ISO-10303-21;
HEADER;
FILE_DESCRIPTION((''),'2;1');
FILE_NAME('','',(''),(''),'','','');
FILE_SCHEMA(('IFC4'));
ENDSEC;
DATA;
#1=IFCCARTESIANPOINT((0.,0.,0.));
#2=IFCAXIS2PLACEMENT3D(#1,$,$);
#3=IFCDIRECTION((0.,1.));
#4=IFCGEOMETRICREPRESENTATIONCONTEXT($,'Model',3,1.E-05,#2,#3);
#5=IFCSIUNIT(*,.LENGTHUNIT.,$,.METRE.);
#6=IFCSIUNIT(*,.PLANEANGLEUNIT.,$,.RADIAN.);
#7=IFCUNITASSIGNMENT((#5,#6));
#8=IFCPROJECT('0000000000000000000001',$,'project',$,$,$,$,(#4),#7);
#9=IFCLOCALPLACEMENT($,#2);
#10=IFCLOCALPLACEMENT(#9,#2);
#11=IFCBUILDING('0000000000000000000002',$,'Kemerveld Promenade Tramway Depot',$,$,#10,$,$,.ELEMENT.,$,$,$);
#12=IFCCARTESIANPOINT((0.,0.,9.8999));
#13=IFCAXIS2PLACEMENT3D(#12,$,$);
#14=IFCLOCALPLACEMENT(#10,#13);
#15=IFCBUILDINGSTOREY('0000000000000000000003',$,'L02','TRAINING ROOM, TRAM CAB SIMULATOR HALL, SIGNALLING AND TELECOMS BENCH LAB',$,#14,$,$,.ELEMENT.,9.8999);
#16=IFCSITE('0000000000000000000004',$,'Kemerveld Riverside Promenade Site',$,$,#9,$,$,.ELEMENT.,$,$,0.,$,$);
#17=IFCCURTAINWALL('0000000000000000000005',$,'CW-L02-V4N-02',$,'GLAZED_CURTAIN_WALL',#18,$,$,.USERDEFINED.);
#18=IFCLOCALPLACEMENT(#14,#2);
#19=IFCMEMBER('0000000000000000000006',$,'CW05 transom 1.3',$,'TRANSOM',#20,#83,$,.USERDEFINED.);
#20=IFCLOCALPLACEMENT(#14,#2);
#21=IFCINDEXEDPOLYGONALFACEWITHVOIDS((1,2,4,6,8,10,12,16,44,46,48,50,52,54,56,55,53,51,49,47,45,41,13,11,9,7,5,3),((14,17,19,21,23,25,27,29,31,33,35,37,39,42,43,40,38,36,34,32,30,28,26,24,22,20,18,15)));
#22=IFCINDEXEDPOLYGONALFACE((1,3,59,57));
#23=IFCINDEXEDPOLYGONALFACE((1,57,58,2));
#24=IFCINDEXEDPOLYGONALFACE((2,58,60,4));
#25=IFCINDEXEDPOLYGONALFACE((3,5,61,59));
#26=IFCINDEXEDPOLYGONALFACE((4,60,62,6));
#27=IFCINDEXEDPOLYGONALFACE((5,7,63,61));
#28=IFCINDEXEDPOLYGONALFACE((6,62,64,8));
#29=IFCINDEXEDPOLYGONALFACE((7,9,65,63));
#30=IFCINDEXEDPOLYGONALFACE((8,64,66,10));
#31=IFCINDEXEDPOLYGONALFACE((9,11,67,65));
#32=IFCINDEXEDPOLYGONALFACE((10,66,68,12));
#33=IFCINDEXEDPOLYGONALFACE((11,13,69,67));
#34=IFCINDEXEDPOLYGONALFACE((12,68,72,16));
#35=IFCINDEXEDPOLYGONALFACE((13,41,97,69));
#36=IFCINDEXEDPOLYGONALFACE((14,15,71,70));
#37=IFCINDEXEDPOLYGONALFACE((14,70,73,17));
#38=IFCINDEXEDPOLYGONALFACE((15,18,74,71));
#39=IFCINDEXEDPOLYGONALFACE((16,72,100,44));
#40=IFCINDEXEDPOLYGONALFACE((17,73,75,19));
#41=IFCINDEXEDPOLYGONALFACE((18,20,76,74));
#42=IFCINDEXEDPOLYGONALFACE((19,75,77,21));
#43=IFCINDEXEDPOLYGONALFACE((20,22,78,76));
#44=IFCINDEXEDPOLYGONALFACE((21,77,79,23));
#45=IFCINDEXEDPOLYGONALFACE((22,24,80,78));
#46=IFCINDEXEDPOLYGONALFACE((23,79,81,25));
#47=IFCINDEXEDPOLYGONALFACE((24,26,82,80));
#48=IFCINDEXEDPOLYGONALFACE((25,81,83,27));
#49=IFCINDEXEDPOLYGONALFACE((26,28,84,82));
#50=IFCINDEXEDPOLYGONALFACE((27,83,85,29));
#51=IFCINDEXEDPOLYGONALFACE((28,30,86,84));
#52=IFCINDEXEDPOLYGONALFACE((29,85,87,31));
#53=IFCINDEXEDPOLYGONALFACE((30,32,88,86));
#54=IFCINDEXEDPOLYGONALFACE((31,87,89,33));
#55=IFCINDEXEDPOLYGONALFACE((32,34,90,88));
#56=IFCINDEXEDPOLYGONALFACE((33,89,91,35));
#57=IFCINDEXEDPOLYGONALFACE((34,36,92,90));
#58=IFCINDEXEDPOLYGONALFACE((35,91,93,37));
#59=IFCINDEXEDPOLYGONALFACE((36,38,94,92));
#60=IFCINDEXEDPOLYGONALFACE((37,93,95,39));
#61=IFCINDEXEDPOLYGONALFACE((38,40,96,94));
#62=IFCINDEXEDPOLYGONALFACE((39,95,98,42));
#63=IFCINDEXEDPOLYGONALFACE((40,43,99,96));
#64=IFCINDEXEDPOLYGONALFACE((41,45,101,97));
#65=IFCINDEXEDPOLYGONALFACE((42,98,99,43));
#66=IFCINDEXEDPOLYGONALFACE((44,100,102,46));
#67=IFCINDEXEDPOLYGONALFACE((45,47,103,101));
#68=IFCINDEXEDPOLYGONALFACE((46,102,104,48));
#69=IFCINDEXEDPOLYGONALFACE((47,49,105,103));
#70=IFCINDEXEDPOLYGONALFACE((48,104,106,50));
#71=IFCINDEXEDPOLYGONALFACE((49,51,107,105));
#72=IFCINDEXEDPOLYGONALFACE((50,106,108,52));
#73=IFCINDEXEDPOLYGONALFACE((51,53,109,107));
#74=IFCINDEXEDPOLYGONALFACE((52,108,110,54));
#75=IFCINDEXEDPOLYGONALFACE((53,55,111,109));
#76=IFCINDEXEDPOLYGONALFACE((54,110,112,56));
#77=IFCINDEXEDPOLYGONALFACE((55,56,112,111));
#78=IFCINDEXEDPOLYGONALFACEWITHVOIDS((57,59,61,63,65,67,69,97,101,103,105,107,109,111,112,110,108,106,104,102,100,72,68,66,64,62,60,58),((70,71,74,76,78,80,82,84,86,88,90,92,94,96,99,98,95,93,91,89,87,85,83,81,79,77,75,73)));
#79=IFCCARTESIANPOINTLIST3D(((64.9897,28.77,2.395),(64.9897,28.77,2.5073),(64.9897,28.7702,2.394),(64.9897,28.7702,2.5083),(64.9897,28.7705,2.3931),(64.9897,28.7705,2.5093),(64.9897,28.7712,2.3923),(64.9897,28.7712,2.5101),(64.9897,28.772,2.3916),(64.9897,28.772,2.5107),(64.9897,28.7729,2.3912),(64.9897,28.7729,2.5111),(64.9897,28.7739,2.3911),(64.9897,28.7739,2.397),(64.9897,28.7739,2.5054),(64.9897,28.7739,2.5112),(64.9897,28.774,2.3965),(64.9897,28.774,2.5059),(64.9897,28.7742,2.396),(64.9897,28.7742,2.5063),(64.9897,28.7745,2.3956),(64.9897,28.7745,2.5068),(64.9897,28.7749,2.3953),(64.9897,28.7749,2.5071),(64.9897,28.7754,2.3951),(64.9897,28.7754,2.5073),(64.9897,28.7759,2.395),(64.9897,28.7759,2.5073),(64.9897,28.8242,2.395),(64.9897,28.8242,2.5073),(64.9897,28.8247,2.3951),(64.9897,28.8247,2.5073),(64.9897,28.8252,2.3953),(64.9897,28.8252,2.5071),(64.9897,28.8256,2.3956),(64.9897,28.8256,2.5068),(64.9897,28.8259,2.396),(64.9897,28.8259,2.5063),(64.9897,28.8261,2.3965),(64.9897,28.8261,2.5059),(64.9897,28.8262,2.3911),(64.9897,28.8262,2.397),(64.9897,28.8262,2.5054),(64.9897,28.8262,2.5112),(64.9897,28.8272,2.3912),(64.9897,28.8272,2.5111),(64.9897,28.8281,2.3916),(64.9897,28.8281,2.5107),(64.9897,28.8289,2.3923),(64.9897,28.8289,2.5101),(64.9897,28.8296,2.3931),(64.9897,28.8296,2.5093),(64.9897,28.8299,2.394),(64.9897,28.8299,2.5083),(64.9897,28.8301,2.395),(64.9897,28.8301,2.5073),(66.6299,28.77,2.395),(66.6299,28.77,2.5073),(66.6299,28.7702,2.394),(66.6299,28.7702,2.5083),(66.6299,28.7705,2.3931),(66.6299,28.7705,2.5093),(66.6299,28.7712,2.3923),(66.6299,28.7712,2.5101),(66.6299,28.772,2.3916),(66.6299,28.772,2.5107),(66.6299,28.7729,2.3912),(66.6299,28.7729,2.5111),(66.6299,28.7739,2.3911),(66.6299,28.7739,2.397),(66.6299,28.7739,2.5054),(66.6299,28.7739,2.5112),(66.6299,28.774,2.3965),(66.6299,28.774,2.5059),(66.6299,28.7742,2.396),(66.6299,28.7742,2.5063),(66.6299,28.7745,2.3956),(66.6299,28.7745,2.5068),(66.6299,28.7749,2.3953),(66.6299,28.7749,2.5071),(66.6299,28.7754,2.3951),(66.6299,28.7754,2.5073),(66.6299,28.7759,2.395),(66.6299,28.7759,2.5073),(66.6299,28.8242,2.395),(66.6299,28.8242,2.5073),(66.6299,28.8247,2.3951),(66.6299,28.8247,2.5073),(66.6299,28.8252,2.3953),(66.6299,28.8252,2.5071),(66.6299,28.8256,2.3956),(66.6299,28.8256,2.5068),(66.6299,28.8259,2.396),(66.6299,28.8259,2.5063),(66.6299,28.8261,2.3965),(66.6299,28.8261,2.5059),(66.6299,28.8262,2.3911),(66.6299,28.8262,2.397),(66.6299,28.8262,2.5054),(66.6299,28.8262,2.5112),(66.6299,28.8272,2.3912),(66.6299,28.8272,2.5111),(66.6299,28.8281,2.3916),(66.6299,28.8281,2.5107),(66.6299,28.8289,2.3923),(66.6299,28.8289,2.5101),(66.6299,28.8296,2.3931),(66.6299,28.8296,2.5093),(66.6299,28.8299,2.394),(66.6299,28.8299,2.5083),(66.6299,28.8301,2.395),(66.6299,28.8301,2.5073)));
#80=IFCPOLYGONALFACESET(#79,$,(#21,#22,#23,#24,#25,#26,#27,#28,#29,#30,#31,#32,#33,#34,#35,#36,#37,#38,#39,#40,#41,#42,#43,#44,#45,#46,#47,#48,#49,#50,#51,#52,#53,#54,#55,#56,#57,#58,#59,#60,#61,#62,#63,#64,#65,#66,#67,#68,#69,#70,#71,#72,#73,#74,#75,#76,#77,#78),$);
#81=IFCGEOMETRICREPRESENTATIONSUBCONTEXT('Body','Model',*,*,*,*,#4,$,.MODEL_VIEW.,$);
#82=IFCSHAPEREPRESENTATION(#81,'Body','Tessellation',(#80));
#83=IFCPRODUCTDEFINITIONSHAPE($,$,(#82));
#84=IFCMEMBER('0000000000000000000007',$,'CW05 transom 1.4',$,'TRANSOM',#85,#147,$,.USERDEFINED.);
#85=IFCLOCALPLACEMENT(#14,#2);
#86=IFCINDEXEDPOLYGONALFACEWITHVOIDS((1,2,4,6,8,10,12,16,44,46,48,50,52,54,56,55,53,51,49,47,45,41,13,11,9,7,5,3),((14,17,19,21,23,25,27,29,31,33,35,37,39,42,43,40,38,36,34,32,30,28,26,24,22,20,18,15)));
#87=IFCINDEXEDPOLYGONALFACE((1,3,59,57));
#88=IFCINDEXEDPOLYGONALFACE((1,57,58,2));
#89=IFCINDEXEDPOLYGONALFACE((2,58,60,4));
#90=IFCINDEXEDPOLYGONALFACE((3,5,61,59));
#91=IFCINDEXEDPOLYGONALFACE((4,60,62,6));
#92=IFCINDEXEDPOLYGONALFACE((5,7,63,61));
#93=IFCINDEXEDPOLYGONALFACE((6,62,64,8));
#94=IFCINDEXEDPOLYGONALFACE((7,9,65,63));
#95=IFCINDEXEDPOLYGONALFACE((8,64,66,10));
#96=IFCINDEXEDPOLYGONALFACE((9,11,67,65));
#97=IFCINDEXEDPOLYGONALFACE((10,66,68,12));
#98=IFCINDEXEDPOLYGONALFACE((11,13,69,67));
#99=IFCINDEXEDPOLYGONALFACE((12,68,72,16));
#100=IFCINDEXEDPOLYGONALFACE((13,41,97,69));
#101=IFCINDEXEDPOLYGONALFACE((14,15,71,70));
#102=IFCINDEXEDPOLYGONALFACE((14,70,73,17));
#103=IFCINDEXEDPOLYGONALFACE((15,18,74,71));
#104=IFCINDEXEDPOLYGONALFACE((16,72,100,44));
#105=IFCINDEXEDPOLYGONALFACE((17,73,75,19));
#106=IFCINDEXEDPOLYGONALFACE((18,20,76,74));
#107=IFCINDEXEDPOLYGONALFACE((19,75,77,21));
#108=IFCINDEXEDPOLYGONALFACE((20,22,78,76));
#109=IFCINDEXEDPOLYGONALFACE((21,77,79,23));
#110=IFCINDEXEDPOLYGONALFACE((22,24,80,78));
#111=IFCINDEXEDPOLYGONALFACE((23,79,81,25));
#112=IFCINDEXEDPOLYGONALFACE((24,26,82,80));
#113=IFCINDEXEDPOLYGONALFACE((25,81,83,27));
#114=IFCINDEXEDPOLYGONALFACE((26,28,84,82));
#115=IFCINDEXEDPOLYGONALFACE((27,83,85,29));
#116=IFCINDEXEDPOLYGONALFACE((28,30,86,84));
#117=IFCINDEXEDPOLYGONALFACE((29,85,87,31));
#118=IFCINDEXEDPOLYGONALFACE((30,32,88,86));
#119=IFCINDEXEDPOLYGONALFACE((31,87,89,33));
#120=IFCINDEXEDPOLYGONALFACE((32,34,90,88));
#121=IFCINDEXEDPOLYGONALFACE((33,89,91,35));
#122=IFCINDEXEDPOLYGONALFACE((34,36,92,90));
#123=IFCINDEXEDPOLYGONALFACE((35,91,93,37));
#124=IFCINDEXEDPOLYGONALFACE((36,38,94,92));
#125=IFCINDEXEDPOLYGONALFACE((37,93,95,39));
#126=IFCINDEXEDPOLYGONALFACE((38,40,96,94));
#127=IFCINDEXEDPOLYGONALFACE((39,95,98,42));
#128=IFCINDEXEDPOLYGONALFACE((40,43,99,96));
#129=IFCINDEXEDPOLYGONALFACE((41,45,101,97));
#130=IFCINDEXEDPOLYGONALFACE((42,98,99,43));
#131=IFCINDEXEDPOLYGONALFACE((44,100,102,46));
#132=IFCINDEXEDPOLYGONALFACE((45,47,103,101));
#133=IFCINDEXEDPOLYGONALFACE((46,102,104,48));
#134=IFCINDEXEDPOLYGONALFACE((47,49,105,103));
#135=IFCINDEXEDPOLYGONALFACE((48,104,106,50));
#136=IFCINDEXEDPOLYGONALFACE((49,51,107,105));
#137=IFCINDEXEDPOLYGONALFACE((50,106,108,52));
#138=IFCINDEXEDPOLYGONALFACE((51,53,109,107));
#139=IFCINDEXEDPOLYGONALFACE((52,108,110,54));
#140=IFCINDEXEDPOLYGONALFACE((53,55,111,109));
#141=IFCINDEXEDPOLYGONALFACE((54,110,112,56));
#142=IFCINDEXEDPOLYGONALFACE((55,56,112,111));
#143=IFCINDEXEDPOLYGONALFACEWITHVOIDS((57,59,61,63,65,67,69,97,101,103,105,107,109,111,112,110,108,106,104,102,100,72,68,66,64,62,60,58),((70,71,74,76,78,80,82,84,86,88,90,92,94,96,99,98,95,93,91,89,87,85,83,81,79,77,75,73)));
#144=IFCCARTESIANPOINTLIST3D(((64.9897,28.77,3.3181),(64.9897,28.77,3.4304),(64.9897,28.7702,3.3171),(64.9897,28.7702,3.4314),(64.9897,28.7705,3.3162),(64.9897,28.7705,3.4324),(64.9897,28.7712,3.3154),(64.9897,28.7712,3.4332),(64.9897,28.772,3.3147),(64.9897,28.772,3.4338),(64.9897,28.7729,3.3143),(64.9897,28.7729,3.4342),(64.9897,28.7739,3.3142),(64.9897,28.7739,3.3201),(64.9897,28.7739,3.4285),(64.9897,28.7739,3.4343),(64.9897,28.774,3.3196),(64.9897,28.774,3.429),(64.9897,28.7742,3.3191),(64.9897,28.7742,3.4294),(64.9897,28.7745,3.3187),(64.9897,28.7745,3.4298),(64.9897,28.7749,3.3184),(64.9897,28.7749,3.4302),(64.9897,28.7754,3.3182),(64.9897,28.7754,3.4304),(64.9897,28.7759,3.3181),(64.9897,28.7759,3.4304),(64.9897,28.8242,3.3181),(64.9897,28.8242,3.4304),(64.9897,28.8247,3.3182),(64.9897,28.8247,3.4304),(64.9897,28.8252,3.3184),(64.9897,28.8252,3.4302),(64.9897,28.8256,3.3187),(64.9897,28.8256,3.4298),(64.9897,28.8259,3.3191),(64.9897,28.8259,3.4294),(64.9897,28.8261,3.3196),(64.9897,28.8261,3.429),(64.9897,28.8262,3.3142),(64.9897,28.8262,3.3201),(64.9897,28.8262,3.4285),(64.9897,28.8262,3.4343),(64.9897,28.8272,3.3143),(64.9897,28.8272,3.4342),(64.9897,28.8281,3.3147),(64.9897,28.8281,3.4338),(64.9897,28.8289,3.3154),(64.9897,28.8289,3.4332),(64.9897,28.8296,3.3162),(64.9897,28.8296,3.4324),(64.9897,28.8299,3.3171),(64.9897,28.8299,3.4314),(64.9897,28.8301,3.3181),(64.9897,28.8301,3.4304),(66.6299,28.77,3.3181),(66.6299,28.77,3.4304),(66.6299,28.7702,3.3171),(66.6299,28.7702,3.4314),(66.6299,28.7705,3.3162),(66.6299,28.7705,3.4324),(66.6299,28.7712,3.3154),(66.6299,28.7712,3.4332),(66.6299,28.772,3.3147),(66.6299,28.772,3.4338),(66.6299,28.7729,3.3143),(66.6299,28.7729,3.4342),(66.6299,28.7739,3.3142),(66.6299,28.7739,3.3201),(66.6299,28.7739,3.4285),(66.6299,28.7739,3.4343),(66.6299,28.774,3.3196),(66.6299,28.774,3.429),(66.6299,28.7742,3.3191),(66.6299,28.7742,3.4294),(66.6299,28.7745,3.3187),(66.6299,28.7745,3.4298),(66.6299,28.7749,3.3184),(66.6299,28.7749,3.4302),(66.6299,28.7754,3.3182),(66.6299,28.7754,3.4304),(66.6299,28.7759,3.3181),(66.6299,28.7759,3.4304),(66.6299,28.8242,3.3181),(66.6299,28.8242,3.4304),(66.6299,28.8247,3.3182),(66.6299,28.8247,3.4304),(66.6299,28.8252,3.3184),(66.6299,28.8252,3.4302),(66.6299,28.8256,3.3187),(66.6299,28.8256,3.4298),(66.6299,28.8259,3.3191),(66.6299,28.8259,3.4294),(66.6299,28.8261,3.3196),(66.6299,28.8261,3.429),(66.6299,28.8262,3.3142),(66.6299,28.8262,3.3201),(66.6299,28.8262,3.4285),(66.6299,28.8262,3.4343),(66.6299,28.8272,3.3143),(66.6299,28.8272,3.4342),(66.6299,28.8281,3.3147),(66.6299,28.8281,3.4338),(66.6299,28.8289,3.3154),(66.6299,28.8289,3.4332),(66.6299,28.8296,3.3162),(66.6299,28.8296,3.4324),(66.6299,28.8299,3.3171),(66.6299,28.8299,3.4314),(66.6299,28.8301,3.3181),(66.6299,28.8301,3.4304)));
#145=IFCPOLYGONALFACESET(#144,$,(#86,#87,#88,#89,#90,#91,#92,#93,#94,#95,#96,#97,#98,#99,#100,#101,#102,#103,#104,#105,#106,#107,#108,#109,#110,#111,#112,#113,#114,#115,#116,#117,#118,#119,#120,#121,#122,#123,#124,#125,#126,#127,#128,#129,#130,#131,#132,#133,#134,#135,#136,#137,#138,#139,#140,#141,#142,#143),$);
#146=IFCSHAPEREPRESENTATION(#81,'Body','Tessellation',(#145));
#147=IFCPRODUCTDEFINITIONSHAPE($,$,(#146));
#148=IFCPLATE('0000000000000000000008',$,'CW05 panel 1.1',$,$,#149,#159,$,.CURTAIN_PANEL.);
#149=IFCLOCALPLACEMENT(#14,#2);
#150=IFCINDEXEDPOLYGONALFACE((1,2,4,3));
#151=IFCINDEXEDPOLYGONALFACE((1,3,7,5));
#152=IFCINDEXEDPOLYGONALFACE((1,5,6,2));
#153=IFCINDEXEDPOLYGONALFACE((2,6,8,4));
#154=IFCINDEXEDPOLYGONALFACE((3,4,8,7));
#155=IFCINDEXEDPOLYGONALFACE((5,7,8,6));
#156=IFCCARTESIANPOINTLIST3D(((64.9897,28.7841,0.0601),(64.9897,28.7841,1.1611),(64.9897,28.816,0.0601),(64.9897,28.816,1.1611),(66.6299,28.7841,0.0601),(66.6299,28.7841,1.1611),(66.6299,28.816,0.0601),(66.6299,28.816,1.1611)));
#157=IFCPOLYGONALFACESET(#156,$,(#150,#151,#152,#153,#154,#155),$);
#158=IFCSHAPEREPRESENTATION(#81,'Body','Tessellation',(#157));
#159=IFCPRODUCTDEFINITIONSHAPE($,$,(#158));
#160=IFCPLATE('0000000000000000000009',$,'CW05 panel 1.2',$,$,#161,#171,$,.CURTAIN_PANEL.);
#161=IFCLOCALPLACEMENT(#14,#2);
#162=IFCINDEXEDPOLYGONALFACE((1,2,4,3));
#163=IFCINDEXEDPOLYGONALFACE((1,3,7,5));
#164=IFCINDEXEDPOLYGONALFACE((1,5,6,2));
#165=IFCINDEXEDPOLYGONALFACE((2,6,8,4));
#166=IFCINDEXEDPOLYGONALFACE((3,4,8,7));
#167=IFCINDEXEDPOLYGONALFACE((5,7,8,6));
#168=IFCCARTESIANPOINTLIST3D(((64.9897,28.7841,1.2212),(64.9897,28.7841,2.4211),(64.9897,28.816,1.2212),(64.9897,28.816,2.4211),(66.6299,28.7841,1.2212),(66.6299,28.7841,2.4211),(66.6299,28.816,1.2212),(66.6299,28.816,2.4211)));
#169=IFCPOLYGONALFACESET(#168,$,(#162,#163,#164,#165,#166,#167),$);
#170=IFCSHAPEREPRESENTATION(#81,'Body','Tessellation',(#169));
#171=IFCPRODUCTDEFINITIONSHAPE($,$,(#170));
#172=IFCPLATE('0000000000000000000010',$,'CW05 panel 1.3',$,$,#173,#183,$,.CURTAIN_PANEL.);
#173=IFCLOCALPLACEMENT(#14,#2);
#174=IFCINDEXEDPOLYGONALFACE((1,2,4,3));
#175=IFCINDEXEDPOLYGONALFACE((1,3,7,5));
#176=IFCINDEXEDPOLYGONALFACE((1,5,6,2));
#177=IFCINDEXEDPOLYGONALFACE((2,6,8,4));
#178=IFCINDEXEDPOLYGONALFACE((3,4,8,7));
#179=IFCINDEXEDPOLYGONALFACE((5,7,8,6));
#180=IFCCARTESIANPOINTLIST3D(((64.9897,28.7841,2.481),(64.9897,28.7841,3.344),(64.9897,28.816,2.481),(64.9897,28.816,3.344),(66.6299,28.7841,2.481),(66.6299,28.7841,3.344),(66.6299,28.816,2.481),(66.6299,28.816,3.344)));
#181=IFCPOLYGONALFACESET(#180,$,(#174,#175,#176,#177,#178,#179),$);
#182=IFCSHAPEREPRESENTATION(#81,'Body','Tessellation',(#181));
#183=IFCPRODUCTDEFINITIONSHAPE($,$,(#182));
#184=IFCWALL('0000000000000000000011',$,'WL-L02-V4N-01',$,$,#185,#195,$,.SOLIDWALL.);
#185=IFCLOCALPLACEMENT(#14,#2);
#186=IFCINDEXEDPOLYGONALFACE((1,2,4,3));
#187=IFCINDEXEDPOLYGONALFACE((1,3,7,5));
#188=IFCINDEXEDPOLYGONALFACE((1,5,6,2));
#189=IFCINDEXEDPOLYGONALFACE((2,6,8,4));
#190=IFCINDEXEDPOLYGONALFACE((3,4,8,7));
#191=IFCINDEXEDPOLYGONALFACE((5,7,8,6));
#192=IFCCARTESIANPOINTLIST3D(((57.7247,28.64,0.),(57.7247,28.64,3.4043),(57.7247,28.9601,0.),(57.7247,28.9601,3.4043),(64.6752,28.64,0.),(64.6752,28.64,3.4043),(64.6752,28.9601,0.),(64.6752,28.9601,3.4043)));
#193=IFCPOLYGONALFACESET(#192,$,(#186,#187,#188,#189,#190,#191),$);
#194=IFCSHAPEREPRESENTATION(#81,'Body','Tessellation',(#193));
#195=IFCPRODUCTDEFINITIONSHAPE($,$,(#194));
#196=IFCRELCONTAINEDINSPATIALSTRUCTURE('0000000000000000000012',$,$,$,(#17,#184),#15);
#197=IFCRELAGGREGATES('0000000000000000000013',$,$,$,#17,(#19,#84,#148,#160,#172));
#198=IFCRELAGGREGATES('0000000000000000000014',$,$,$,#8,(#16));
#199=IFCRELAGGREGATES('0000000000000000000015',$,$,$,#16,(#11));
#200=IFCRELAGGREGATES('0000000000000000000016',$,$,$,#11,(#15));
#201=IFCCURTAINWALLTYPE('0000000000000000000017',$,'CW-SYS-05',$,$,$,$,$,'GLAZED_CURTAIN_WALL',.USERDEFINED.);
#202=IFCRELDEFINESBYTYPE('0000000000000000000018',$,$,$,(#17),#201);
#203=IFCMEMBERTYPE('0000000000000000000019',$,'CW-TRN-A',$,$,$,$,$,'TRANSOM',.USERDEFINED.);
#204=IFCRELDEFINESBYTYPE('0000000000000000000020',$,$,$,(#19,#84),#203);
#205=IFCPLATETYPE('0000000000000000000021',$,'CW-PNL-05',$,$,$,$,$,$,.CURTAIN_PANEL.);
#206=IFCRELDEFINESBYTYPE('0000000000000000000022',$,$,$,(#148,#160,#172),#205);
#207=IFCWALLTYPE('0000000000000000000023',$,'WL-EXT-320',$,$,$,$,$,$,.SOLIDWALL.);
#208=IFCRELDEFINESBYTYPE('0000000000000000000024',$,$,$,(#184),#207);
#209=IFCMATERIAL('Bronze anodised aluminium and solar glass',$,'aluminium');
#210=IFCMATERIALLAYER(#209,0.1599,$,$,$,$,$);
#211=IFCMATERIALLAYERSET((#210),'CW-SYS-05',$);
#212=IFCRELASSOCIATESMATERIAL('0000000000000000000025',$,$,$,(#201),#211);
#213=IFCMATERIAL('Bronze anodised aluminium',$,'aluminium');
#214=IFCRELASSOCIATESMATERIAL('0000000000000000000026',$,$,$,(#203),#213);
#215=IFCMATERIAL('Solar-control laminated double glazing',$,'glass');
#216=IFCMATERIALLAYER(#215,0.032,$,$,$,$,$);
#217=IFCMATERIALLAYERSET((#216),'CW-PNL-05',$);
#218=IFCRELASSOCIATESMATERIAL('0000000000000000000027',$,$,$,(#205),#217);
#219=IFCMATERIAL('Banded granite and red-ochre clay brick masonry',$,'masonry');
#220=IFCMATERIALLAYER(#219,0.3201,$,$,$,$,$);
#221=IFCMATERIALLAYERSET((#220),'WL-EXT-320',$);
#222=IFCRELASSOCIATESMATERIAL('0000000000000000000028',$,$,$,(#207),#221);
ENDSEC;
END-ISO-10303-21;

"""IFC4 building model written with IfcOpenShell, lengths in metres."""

from ifc_helpers import new_model, si_unit, direction, frame, frame_2d, origin, origin_2d, place, context, subcontext, project, spatial, rectangle, hollow_rectangle, extrude, material, layer, layer_set, material_profile, profile_set, type_object, element, aggregate, save


model = new_model("IFC4")

# Units and contexts
model_context = context("Model", 3, precision=1e-05, world=origin(), true_north=direction((0.0, 1.0)))
body_context = subcontext(model_context, "Body", "Model", "MODEL_VIEW")
ifc_project = project(units=[si_unit("LENGTHUNIT", "METRE"), si_unit("PLANEANGLEUNIT", "RADIAN")], contexts=[model_context])

# Site, building, storey
site_placement = place(None, origin())
site = spatial("IfcSite", under=ifc_project, at=site_placement, Name="Kemerveld Riverside Promenade Site", CompositionType="ELEMENT", RefElevation=0.0)
building_placement = place(site_placement, origin())
building = spatial("IfcBuilding", under=site, at=building_placement, Name="Kemerveld Promenade Tramway Depot", CompositionType="ELEMENT")
storey_placement = place(building_placement, frame((0.0, 0.0, 9.8999)))
storey = spatial("IfcBuildingStorey", under=building, at=storey_placement, Name="L02", Description="TRAINING ROOM, TRAM CAB SIMULATOR HALL, SIGNALLING AND TELECOMS BENCH LAB", CompositionType="ELEMENT", Elevation=9.8999)

# Shared definitions
ifc_material_1 = material(Name="Bronze anodised aluminium and solar glass", Category="aluminium")
ifc_material_2 = material(Name="Bronze anodised aluminium", Category="aluminium")

# Curtain wall
ifc_layer_1 = layer(ifc_material_1, 0.1599)
ifc_layer_set_1 = layer_set([ifc_layer_1], Name="CW-SYS-05")
curtain_wall_type_1 = type_object("IfcCurtainWallType", Name="CW-SYS-05", ElementType="GLAZED_CURTAIN_WALL", PredefinedType="USERDEFINED", material=ifc_layer_set_1)
curtain_wall_1_placement = place(storey_placement, origin())
curtain_wall_1 = element("IfcCurtainWall", 1, at=curtain_wall_1_placement, inside=storey, type_object=curtain_wall_type_1, Name="CW-L02-V4N-02", ObjectType="GLAZED_CURTAIN_WALL", PredefinedType="USERDEFINED")

# Members
ifc_material_profile_1 = material_profile(ifc_material_2, hollow_rectangle(XDim=0.0601, YDim=0.1201, WallThickness=0.0039, InnerFilletRadius=0.002, OuterFilletRadius=0.0039, at=origin_2d()), Name="CW-TRN-120x60")
ifc_profile_set_1 = profile_set([ifc_material_profile_1], Name="Bronze anodised aluminium")
member_type_1 = type_object("IfcMemberType", Name="CW-TRN-A", ElementType="TRANSOM", PredefinedType="USERDEFINED", material=ifc_profile_set_1)
member_1_placement = place(storey_placement, frame((64.9897, 28.8, 2.4512), z_axis=(1.0, 0.0, 0.0), x_axis=(0.0, 1.0, 0.0)))
member_1 = element("IfcMember", 2, at=member_1_placement, type_object=member_type_1, Name="CW05 transom 1.3", ObjectType="TRANSOM", PredefinedType="USERDEFINED", context=body_context, shape_type="SweptSolid", body=[
    extrude(hollow_rectangle(XDim=0.0601, YDim=0.1201, WallThickness=0.0039, InnerFilletRadius=0.002, OuterFilletRadius=0.0039, at=origin_2d()), origin(), (0.0, 0.0, 1.0), 1.6401),
])
member_2_placement = place(storey_placement, frame((64.9897, 28.8, 3.3743), z_axis=(1.0, 0.0, 0.0), x_axis=(0.0, 1.0, 0.0)))
member_2 = element("IfcMember", 3, at=member_2_placement, type_object=member_type_1, Name="CW05 transom 1.4", ObjectType="TRANSOM", PredefinedType="USERDEFINED", context=body_context, shape_type="SweptSolid", body=[
    extrude(hollow_rectangle(XDim=0.0601, YDim=0.1201, WallThickness=0.0039, InnerFilletRadius=0.002, OuterFilletRadius=0.0039, at=origin_2d()), origin(), (0.0, 0.0, 1.0), 1.6401),
])

# Plates
ifc_material_3 = material(Name="Solar-control laminated double glazing", Category="glass")
ifc_layer_2 = layer(ifc_material_3, 0.032)
ifc_layer_set_2 = layer_set([ifc_layer_2], Name="CW-PNL-05")
plate_type = type_object("IfcPlateType", Name="CW-PNL-05", PredefinedType="CURTAIN_PANEL", material=ifc_layer_set_2)
plate_1_placement = place(storey_placement, frame((65.8098, 28.8, 0.0601), z_axis=(0.0, 0.0, 1.0), x_axis=(1.0, 0.0, 0.0)))
plate_1 = element("IfcPlate", 4, at=plate_1_placement, type_object=plate_type, Name="CW05 panel 1.1", PredefinedType="CURTAIN_PANEL", context=body_context, shape_type="SweptSolid", body=[
    extrude(rectangle(XDim=1.6401, YDim=0.032, at=origin_2d()), origin(), (0.0, 0.0, 1.0), 1.1011),
])
plate_2_placement = place(storey_placement, frame((65.8098, 28.8, 1.2212), z_axis=(0.0, 0.0, 1.0), x_axis=(1.0, 0.0, 0.0)))
plate_2 = element("IfcPlate", 5, at=plate_2_placement, type_object=plate_type, Name="CW05 panel 1.2", PredefinedType="CURTAIN_PANEL", context=body_context, shape_type="SweptSolid", body=[
    extrude(rectangle(XDim=1.6401, YDim=0.032, at=origin_2d()), origin(), (0.0, 0.0, 1.0), 1.2),
])
plate_3_placement = place(storey_placement, frame((65.8098, 28.8, 2.481), z_axis=(0.0, 0.0, 1.0), x_axis=(1.0, 0.0, 0.0)))
plate_3 = element("IfcPlate", 6, at=plate_3_placement, type_object=plate_type, Name="CW05 panel 1.3", PredefinedType="CURTAIN_PANEL", context=body_context, shape_type="SweptSolid", body=[
    extrude(rectangle(XDim=1.6401, YDim=0.032, at=origin_2d()), origin(), (0.0, 0.0, 1.0), 0.863),
])
aggregate(curtain_wall_1, [member_1, member_2, plate_1, plate_2, plate_3])

# Wall
ifc_material_4 = material(Name="Banded granite and red-ochre clay brick masonry", Category="masonry")
ifc_layer_3 = layer(ifc_material_4, 0.3201)
ifc_layer_set_3 = layer_set([ifc_layer_3], Name="WL-EXT-320")
wall_type_1 = type_object("IfcWallType", Name="WL-EXT-320", PredefinedType="SOLIDWALL", material=ifc_layer_set_3)
wall_1_placement = place(storey_placement, frame((57.7249, 28.8, 0.0), z_axis=(0.0, 0.0, 1.0), x_axis=(1.0, 0.0, 0.0)))
element("IfcWall", 7, at=wall_1_placement, inside=storey, type_object=wall_type_1, Name="WL-L02-V4N-01", PredefinedType="SOLIDWALL", context=body_context, shape_type="SweptSolid", body=[
    extrude(rectangle(XDim=6.9504, YDim=0.3201, at=frame_2d((3.4751, 0.0))), origin(), (0.0, 0.0, 1.0), 3.4043),
])

save(model, "model.ifc")
